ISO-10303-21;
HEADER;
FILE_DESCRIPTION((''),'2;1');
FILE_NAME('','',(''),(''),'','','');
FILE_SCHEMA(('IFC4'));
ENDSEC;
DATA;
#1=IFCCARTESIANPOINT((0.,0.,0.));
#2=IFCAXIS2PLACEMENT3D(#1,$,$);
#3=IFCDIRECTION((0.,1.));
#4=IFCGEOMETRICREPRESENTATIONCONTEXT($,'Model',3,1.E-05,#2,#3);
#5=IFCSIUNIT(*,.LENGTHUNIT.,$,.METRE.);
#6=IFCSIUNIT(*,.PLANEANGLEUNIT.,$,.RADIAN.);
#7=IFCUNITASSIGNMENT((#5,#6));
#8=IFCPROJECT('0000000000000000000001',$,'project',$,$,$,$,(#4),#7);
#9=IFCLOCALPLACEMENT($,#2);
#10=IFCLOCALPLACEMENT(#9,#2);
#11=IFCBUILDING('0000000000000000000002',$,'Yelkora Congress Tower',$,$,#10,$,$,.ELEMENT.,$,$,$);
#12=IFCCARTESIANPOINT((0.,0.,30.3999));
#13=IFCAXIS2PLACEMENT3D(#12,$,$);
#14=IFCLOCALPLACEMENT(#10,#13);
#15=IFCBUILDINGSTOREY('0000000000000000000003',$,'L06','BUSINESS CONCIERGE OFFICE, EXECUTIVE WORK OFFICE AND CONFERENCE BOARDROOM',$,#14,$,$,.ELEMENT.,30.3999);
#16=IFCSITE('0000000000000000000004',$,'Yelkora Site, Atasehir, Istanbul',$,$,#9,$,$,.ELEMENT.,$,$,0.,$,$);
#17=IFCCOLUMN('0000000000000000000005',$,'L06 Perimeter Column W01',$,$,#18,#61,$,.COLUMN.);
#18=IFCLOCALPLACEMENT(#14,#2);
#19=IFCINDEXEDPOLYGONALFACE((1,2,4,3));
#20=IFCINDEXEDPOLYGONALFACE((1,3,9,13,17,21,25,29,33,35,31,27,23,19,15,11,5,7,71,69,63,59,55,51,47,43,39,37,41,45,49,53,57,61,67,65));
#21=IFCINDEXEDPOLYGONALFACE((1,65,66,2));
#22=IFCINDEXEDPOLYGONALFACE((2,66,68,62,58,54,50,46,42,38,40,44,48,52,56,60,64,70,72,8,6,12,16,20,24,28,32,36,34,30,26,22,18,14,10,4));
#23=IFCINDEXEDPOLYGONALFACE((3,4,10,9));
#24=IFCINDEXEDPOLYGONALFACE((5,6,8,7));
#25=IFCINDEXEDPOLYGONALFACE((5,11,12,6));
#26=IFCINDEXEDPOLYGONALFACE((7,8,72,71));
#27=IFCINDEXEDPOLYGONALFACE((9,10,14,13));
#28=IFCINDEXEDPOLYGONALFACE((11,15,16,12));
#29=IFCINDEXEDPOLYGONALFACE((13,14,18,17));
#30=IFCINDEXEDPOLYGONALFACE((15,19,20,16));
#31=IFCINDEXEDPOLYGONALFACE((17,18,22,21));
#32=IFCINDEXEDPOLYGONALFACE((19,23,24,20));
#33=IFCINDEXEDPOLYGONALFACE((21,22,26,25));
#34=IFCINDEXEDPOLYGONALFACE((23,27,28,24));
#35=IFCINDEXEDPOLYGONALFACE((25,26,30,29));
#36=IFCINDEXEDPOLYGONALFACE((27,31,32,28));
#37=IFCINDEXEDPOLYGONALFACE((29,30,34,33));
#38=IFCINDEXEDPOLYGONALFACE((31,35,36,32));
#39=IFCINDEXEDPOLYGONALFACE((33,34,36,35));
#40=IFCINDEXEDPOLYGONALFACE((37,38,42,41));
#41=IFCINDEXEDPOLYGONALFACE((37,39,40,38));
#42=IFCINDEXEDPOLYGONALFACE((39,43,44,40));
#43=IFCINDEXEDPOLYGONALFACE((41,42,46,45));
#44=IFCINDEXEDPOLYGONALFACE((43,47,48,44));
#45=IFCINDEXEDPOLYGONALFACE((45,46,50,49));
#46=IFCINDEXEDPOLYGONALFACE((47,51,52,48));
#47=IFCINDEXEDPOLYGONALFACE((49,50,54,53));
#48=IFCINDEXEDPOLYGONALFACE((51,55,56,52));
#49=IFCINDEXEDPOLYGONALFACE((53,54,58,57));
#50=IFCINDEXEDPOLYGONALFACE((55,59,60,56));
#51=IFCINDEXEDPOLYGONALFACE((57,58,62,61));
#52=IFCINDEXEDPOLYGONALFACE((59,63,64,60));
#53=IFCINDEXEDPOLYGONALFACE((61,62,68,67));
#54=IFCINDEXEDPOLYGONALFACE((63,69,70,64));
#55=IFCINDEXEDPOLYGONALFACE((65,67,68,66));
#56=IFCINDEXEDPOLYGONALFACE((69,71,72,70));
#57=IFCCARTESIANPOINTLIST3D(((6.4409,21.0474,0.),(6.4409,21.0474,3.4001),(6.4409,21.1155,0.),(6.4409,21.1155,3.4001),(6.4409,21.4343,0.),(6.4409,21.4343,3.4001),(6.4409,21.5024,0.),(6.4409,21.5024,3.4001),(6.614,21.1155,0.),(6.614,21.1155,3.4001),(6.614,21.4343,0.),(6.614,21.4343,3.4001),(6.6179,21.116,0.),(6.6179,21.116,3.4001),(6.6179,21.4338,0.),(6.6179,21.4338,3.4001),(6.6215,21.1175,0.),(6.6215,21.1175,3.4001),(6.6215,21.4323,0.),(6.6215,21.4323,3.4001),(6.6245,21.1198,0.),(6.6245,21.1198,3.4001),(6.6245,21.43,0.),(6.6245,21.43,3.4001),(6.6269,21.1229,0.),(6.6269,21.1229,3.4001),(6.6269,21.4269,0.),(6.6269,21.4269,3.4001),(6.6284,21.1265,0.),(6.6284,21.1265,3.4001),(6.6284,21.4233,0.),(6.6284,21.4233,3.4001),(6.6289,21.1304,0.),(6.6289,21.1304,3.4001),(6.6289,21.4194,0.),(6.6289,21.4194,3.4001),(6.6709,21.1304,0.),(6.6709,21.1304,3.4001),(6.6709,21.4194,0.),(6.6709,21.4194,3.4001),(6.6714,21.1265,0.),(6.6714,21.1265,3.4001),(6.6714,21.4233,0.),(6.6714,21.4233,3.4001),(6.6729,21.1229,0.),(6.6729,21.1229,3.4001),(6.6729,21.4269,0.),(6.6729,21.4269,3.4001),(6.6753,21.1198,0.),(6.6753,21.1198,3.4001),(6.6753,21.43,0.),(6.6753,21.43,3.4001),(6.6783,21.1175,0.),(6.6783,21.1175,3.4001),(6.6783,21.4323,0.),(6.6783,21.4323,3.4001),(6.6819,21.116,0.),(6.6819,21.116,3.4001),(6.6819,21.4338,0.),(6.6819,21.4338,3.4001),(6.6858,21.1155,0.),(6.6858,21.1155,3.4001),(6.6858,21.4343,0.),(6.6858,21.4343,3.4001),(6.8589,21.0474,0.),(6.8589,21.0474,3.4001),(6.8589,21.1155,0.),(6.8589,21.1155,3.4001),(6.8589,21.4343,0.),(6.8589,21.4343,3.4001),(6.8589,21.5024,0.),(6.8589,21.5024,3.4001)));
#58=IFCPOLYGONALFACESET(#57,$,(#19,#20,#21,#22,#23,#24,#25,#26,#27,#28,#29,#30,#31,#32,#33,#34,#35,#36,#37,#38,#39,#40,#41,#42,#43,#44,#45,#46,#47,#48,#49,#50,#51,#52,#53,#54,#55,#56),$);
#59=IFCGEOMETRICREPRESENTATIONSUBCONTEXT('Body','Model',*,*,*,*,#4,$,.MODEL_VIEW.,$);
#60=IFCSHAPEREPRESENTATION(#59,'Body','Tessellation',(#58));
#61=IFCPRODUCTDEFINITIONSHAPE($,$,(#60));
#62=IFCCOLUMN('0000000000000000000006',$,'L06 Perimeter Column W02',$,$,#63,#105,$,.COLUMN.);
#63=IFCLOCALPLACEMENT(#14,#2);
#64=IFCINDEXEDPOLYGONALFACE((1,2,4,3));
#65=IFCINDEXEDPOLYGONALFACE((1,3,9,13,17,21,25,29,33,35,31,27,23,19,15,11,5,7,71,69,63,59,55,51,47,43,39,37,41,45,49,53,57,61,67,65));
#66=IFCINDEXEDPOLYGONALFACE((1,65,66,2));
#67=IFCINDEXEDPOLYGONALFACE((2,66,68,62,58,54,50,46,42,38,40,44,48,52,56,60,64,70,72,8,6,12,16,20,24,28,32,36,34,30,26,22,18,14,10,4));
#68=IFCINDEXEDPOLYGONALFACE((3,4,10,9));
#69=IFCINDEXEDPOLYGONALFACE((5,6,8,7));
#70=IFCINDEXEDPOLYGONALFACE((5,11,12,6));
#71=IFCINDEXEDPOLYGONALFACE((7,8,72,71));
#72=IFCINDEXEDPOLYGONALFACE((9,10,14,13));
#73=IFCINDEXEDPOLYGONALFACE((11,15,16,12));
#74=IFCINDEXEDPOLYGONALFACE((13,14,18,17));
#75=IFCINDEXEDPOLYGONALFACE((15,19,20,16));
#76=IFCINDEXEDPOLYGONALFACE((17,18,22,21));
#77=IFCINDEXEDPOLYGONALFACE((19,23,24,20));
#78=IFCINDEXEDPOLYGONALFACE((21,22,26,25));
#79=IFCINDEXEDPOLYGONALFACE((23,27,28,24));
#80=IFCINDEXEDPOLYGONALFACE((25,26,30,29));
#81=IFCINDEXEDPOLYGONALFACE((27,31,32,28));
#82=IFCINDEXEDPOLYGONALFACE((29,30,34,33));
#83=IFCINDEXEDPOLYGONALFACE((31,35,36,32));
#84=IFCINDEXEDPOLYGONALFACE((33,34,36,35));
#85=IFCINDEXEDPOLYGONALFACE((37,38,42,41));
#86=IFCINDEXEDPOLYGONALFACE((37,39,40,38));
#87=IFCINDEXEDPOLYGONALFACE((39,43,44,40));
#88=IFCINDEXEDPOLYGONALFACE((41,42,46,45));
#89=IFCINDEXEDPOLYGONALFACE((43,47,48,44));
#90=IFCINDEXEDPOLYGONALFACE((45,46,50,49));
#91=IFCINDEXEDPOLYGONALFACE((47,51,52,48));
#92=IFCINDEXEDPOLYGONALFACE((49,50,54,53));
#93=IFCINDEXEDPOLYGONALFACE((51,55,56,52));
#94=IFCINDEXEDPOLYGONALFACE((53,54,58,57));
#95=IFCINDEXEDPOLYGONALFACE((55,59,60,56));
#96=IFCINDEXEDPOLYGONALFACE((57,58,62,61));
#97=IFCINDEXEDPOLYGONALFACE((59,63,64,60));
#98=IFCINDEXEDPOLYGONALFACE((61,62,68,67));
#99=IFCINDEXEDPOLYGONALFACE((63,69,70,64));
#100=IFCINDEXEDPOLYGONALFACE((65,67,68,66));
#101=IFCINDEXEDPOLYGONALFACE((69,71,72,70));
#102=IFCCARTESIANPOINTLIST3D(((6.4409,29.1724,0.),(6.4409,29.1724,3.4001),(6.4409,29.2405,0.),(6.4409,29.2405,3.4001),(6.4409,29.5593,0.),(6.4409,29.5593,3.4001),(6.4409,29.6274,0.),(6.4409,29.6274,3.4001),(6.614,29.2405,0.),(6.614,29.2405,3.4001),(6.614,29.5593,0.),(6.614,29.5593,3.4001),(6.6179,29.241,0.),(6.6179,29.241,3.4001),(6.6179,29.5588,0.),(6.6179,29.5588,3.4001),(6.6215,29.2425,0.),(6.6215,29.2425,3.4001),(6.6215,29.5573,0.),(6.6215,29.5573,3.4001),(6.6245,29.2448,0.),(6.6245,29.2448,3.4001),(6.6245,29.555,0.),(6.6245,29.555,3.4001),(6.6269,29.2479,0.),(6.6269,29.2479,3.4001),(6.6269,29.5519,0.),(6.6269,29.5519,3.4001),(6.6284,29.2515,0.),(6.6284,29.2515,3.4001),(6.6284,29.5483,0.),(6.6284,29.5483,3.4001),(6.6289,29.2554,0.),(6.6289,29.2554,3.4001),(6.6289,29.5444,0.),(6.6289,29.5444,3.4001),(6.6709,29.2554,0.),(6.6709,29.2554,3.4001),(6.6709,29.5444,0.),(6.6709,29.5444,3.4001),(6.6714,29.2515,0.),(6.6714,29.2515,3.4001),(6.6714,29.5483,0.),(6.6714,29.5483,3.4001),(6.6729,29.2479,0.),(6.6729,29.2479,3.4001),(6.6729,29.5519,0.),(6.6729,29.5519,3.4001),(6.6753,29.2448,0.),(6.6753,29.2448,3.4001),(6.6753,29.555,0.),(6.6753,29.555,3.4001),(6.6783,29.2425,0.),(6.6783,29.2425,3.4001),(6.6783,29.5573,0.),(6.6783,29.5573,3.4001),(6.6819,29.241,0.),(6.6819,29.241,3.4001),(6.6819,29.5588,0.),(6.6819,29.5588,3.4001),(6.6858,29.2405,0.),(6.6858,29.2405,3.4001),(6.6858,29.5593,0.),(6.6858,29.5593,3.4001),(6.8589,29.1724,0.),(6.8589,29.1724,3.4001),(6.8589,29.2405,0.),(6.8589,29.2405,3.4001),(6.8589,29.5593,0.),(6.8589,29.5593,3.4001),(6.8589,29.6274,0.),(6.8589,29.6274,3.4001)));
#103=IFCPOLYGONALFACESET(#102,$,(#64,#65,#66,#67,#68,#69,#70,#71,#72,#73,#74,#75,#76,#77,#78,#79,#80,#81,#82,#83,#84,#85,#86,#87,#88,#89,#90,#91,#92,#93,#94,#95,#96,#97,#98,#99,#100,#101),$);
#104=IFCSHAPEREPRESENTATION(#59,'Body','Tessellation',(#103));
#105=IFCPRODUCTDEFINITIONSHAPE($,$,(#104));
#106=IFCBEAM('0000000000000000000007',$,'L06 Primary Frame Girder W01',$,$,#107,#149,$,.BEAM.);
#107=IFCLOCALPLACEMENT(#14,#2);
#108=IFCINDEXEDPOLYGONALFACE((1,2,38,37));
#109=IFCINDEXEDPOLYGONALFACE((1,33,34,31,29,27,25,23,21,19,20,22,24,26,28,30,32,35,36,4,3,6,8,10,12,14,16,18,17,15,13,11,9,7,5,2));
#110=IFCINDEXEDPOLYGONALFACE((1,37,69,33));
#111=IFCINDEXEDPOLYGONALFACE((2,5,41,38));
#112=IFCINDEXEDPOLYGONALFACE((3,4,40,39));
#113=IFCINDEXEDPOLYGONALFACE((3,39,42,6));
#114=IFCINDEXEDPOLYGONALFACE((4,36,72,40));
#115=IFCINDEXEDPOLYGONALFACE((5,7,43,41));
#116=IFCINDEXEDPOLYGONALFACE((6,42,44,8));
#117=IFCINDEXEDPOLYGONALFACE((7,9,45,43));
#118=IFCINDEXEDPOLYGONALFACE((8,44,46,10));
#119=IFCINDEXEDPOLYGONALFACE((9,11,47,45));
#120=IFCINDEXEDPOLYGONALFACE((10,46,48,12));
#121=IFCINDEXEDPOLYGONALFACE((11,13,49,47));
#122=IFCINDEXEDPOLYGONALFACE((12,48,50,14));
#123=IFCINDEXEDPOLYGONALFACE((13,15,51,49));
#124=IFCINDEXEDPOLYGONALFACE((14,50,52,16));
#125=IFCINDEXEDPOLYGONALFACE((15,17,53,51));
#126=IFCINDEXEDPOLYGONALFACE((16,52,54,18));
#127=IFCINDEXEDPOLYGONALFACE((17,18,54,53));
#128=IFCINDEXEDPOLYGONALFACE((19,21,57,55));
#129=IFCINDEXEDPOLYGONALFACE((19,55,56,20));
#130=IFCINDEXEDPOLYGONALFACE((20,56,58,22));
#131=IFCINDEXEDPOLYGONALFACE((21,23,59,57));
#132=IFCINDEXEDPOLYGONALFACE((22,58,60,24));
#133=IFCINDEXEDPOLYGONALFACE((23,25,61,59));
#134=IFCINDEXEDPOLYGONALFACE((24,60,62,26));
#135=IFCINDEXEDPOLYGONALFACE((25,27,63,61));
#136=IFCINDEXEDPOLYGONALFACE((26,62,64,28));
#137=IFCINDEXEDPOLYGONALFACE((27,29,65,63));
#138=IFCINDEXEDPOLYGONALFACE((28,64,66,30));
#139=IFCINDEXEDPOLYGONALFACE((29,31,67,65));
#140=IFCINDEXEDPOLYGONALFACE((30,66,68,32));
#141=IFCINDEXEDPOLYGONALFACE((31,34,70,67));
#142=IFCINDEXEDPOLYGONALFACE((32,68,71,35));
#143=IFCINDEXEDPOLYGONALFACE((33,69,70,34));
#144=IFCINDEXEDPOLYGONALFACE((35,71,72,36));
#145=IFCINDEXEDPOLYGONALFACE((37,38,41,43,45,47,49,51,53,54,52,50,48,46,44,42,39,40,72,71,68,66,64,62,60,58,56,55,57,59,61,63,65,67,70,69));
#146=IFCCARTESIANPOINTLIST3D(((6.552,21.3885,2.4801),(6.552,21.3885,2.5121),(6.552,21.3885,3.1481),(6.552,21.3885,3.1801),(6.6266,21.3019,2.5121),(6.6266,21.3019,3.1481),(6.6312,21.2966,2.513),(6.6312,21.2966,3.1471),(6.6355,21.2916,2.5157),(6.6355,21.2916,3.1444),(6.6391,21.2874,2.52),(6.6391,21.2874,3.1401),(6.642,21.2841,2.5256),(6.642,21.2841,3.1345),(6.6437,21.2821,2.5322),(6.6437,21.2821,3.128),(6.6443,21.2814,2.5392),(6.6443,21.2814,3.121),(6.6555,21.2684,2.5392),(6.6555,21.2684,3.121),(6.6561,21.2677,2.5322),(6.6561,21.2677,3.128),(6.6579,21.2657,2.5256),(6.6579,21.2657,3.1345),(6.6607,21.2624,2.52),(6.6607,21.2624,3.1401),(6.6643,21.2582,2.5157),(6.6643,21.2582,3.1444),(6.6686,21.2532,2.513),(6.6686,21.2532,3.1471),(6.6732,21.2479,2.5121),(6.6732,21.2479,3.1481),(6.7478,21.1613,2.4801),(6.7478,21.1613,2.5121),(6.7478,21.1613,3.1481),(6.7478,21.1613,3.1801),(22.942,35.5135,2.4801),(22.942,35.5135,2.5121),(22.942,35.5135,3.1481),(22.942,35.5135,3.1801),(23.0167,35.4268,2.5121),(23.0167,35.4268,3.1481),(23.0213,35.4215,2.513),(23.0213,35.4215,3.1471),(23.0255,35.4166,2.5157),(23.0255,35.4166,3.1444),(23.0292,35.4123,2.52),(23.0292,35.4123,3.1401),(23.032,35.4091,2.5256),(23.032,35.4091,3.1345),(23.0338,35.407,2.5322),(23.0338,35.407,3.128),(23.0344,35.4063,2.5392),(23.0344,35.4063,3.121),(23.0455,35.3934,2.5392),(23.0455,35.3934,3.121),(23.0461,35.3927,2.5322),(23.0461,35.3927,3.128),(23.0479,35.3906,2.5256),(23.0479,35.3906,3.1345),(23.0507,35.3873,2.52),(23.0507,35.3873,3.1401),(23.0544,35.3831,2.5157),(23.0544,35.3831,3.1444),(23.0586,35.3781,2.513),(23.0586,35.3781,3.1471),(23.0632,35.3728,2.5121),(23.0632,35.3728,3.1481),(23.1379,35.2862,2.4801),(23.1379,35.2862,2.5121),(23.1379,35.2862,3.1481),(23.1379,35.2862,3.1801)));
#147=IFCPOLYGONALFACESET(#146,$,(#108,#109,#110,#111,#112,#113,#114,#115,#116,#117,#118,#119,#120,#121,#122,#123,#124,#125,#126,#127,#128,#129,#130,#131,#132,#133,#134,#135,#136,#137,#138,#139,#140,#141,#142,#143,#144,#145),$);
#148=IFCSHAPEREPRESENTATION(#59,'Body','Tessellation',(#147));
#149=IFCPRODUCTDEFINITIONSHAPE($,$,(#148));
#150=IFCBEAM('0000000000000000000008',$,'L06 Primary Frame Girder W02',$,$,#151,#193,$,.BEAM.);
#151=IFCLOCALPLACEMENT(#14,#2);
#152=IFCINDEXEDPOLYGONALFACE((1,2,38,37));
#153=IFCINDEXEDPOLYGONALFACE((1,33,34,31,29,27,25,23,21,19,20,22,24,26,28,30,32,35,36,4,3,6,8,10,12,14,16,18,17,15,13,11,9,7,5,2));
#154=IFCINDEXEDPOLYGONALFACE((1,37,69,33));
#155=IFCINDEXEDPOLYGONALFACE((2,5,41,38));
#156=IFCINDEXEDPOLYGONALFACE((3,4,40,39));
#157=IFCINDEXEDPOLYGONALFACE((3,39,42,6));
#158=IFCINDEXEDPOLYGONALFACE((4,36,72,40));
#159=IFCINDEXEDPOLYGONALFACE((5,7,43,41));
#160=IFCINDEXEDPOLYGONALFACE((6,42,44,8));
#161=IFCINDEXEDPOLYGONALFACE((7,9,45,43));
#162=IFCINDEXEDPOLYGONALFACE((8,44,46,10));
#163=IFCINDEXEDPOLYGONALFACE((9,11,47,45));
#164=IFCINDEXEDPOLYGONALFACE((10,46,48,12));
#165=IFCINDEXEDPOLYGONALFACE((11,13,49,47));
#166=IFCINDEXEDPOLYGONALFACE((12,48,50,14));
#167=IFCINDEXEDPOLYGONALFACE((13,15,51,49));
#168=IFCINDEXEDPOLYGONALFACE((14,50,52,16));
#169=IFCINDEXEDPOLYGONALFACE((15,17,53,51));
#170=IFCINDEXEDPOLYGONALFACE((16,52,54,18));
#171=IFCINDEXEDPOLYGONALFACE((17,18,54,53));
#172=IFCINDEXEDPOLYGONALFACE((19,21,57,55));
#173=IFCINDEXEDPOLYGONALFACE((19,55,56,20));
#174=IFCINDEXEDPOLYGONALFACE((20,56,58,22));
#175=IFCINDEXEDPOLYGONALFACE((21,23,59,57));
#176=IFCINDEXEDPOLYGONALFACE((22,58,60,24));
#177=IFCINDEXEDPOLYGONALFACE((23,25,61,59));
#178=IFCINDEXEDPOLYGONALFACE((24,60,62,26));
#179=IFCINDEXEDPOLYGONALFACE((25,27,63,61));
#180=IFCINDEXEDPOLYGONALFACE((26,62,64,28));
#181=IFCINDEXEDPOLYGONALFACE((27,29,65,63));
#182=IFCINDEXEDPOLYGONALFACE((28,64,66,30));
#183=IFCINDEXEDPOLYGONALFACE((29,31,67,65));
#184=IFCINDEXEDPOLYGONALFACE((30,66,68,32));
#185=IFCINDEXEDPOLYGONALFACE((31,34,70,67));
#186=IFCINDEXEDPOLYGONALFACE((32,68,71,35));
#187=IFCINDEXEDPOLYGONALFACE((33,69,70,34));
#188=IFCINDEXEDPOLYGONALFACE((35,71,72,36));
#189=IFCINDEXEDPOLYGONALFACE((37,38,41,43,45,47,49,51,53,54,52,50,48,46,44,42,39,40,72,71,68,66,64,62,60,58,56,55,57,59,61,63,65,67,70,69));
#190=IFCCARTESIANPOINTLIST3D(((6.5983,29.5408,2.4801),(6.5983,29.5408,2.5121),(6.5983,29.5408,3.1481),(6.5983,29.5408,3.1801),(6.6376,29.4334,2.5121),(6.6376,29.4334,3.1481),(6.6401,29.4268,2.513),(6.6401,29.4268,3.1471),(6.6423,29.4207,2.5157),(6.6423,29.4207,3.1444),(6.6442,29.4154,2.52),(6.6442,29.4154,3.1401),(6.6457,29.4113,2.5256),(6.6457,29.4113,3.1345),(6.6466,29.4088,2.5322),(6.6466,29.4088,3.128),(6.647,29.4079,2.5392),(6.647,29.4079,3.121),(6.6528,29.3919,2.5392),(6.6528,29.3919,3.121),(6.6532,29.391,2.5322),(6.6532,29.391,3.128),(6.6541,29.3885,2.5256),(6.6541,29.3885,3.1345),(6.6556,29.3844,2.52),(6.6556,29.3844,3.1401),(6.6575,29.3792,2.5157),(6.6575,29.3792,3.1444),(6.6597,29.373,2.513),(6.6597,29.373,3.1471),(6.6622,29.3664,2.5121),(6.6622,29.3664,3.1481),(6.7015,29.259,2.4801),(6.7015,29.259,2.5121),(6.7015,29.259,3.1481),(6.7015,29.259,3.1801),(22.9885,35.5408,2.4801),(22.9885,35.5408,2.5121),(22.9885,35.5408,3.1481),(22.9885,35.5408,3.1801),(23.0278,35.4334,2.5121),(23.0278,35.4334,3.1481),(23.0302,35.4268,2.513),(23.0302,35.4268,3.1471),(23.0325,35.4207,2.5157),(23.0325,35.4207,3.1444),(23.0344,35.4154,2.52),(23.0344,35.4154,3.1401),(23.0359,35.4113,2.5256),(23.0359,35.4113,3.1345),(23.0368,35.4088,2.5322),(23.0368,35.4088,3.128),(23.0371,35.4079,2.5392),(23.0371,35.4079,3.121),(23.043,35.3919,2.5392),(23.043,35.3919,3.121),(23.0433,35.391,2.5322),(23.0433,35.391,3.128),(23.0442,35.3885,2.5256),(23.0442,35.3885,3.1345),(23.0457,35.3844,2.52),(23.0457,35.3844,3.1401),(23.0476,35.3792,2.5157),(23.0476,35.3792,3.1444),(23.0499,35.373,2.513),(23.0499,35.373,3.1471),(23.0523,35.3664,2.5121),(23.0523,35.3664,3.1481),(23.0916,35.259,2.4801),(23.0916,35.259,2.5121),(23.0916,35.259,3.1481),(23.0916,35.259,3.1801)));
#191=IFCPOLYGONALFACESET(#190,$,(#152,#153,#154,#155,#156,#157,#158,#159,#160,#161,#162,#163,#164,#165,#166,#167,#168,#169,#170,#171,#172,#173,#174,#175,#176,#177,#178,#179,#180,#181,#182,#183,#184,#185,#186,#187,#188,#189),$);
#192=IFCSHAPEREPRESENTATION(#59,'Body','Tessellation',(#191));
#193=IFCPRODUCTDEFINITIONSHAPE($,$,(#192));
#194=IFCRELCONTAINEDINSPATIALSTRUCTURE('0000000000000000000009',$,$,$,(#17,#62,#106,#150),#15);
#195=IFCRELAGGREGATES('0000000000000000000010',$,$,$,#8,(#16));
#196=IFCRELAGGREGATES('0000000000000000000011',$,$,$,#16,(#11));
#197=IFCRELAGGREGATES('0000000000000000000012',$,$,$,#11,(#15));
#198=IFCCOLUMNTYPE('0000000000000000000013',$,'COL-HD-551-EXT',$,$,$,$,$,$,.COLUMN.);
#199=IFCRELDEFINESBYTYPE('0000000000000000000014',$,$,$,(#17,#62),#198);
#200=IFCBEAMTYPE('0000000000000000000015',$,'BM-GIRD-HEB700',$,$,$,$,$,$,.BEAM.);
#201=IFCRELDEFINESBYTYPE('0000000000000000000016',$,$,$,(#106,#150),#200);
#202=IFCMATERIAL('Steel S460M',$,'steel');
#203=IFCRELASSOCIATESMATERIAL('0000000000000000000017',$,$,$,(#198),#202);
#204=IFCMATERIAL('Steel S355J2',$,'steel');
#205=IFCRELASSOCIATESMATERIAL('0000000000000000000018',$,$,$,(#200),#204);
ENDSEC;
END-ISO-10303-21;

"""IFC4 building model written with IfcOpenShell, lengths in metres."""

from ifc_helpers import new_model, si_unit, direction, frame, origin, origin_2d, place, context, subcontext, project, spatial, i_section, extrude, material, material_profile, profile_set, type_object, element, save


model = new_model("IFC4")

# Units and contexts
model_context = context("Model", 3, precision=1e-05, world=origin(), true_north=direction((0.0, 1.0)))
body_context = subcontext(model_context, "Body", "Model", "MODEL_VIEW")
ifc_project = project(units=[si_unit("LENGTHUNIT", "METRE"), si_unit("PLANEANGLEUNIT", "RADIAN")], contexts=[model_context])

# Site, building, storey
site_placement = place(None, origin())
site = spatial("IfcSite", under=ifc_project, at=site_placement, Name="Yelkora Site, Atasehir, Istanbul", CompositionType="ELEMENT", RefElevation=0.0)
building_placement = place(site_placement, origin())
building = spatial("IfcBuilding", under=site, at=building_placement, Name="Yelkora Congress Tower", CompositionType="ELEMENT")
storey_placement = place(building_placement, frame((0.0, 0.0, 30.3999)))
storey = spatial("IfcBuildingStorey", under=building, at=storey_placement, Name="L06", Description="BUSINESS CONCIERGE OFFICE, EXECUTIVE WORK OFFICE AND CONFERENCE BOARDROOM", CompositionType="ELEMENT", Elevation=30.3999)

# Columns
ifc_material_1 = material(Name="Steel S460M", Category="steel")
ifc_material_profile_1 = material_profile(ifc_material_1, i_section(OverallWidth=0.418, OverallDepth=0.4551, WebThickness=0.042, FlangeThickness=0.0681, FilletRadius=0.0149, at=origin_2d()), Name="HD 400x551")
ifc_profile_set_1 = profile_set([ifc_material_profile_1], Name="Steel S460M")
column_type = type_object("IfcColumnType", Name="COL-HD-551-EXT", PredefinedType="COLUMN", material=ifc_profile_set_1)
for number, where, z_axis, x_axis, name in (
    (1, (6.6499, 21.2749, 0.0), (0.0, 0.0, 1.0), (1.0, 0.0, 0.0), "L06 Perimeter Column W01"),
    (2, (6.6499, 29.3999, 0.0), (0.0, 0.0, 1.0), (1.0, 0.0, 0.0), "L06 Perimeter Column W02"),
):
    element("IfcColumn", number, at=place(storey_placement, frame(where, z_axis=z_axis, x_axis=x_axis)), inside=storey, type_object=column_type, Name=name, PredefinedType="COLUMN", context=body_context, shape_type="SweptSolid", body=[
        extrude(i_section(OverallWidth=0.418, OverallDepth=0.4551, WebThickness=0.042, FlangeThickness=0.0681, FilletRadius=0.0149, at=origin_2d()), origin(), (0.0, 0.0, 1.0), 3.4001),
    ])

# Beams
ifc_material_2 = material(Name="Steel S355J2", Category="steel")
ifc_material_profile_2 = material_profile(ifc_material_2, i_section(OverallWidth=0.3, OverallDepth=0.7, WebThickness=0.0171, FlangeThickness=0.032, FilletRadius=0.0271, at=origin_2d()), Name="HEB 700")
ifc_profile_set_2 = profile_set([ifc_material_profile_2], Name="Steel S355J2")
beam_type_1 = type_object("IfcBeamType", Name="BM-GIRD-HEB700", PredefinedType="BEAM", material=ifc_profile_set_2)
beam_1_placement = place(storey_placement, frame((6.6499, 21.2749, 2.8301), z_axis=(0.757511, 0.652822, 0.0), x_axis=(-0.652822, 0.757511, 0.0)))
element("IfcBeam", 3, at=beam_1_placement, inside=storey, type_object=beam_type_1, Name="L06 Primary Frame Girder W01", PredefinedType="BEAM", context=body_context, shape_type="SweptSolid", body=[
    extrude(i_section(OverallWidth=0.3, OverallDepth=0.7, WebThickness=0.0171, FlangeThickness=0.032, FilletRadius=0.0271, at=origin_2d()), origin(), (0.0, 0.0, 1.0), 21.6367),
])
beam_2_placement = place(storey_placement, frame((6.6499, 29.3999, 2.8301), z_axis=(0.939056, 0.343764, 0.0), x_axis=(-0.343764, 0.939056, 0.0)))
element("IfcBeam", 4, at=beam_2_placement, inside=storey, type_object=beam_type_1, Name="L06 Primary Frame Girder W02", PredefinedType="BEAM", context=body_context, shape_type="SweptSolid", body=[
    extrude(i_section(OverallWidth=0.3, OverallDepth=0.7, WebThickness=0.0171, FlangeThickness=0.032, FilletRadius=0.0271, at=origin_2d()), origin(), (0.0, 0.0, 1.0), 17.4539),
])

save(model, "model.ifc")
